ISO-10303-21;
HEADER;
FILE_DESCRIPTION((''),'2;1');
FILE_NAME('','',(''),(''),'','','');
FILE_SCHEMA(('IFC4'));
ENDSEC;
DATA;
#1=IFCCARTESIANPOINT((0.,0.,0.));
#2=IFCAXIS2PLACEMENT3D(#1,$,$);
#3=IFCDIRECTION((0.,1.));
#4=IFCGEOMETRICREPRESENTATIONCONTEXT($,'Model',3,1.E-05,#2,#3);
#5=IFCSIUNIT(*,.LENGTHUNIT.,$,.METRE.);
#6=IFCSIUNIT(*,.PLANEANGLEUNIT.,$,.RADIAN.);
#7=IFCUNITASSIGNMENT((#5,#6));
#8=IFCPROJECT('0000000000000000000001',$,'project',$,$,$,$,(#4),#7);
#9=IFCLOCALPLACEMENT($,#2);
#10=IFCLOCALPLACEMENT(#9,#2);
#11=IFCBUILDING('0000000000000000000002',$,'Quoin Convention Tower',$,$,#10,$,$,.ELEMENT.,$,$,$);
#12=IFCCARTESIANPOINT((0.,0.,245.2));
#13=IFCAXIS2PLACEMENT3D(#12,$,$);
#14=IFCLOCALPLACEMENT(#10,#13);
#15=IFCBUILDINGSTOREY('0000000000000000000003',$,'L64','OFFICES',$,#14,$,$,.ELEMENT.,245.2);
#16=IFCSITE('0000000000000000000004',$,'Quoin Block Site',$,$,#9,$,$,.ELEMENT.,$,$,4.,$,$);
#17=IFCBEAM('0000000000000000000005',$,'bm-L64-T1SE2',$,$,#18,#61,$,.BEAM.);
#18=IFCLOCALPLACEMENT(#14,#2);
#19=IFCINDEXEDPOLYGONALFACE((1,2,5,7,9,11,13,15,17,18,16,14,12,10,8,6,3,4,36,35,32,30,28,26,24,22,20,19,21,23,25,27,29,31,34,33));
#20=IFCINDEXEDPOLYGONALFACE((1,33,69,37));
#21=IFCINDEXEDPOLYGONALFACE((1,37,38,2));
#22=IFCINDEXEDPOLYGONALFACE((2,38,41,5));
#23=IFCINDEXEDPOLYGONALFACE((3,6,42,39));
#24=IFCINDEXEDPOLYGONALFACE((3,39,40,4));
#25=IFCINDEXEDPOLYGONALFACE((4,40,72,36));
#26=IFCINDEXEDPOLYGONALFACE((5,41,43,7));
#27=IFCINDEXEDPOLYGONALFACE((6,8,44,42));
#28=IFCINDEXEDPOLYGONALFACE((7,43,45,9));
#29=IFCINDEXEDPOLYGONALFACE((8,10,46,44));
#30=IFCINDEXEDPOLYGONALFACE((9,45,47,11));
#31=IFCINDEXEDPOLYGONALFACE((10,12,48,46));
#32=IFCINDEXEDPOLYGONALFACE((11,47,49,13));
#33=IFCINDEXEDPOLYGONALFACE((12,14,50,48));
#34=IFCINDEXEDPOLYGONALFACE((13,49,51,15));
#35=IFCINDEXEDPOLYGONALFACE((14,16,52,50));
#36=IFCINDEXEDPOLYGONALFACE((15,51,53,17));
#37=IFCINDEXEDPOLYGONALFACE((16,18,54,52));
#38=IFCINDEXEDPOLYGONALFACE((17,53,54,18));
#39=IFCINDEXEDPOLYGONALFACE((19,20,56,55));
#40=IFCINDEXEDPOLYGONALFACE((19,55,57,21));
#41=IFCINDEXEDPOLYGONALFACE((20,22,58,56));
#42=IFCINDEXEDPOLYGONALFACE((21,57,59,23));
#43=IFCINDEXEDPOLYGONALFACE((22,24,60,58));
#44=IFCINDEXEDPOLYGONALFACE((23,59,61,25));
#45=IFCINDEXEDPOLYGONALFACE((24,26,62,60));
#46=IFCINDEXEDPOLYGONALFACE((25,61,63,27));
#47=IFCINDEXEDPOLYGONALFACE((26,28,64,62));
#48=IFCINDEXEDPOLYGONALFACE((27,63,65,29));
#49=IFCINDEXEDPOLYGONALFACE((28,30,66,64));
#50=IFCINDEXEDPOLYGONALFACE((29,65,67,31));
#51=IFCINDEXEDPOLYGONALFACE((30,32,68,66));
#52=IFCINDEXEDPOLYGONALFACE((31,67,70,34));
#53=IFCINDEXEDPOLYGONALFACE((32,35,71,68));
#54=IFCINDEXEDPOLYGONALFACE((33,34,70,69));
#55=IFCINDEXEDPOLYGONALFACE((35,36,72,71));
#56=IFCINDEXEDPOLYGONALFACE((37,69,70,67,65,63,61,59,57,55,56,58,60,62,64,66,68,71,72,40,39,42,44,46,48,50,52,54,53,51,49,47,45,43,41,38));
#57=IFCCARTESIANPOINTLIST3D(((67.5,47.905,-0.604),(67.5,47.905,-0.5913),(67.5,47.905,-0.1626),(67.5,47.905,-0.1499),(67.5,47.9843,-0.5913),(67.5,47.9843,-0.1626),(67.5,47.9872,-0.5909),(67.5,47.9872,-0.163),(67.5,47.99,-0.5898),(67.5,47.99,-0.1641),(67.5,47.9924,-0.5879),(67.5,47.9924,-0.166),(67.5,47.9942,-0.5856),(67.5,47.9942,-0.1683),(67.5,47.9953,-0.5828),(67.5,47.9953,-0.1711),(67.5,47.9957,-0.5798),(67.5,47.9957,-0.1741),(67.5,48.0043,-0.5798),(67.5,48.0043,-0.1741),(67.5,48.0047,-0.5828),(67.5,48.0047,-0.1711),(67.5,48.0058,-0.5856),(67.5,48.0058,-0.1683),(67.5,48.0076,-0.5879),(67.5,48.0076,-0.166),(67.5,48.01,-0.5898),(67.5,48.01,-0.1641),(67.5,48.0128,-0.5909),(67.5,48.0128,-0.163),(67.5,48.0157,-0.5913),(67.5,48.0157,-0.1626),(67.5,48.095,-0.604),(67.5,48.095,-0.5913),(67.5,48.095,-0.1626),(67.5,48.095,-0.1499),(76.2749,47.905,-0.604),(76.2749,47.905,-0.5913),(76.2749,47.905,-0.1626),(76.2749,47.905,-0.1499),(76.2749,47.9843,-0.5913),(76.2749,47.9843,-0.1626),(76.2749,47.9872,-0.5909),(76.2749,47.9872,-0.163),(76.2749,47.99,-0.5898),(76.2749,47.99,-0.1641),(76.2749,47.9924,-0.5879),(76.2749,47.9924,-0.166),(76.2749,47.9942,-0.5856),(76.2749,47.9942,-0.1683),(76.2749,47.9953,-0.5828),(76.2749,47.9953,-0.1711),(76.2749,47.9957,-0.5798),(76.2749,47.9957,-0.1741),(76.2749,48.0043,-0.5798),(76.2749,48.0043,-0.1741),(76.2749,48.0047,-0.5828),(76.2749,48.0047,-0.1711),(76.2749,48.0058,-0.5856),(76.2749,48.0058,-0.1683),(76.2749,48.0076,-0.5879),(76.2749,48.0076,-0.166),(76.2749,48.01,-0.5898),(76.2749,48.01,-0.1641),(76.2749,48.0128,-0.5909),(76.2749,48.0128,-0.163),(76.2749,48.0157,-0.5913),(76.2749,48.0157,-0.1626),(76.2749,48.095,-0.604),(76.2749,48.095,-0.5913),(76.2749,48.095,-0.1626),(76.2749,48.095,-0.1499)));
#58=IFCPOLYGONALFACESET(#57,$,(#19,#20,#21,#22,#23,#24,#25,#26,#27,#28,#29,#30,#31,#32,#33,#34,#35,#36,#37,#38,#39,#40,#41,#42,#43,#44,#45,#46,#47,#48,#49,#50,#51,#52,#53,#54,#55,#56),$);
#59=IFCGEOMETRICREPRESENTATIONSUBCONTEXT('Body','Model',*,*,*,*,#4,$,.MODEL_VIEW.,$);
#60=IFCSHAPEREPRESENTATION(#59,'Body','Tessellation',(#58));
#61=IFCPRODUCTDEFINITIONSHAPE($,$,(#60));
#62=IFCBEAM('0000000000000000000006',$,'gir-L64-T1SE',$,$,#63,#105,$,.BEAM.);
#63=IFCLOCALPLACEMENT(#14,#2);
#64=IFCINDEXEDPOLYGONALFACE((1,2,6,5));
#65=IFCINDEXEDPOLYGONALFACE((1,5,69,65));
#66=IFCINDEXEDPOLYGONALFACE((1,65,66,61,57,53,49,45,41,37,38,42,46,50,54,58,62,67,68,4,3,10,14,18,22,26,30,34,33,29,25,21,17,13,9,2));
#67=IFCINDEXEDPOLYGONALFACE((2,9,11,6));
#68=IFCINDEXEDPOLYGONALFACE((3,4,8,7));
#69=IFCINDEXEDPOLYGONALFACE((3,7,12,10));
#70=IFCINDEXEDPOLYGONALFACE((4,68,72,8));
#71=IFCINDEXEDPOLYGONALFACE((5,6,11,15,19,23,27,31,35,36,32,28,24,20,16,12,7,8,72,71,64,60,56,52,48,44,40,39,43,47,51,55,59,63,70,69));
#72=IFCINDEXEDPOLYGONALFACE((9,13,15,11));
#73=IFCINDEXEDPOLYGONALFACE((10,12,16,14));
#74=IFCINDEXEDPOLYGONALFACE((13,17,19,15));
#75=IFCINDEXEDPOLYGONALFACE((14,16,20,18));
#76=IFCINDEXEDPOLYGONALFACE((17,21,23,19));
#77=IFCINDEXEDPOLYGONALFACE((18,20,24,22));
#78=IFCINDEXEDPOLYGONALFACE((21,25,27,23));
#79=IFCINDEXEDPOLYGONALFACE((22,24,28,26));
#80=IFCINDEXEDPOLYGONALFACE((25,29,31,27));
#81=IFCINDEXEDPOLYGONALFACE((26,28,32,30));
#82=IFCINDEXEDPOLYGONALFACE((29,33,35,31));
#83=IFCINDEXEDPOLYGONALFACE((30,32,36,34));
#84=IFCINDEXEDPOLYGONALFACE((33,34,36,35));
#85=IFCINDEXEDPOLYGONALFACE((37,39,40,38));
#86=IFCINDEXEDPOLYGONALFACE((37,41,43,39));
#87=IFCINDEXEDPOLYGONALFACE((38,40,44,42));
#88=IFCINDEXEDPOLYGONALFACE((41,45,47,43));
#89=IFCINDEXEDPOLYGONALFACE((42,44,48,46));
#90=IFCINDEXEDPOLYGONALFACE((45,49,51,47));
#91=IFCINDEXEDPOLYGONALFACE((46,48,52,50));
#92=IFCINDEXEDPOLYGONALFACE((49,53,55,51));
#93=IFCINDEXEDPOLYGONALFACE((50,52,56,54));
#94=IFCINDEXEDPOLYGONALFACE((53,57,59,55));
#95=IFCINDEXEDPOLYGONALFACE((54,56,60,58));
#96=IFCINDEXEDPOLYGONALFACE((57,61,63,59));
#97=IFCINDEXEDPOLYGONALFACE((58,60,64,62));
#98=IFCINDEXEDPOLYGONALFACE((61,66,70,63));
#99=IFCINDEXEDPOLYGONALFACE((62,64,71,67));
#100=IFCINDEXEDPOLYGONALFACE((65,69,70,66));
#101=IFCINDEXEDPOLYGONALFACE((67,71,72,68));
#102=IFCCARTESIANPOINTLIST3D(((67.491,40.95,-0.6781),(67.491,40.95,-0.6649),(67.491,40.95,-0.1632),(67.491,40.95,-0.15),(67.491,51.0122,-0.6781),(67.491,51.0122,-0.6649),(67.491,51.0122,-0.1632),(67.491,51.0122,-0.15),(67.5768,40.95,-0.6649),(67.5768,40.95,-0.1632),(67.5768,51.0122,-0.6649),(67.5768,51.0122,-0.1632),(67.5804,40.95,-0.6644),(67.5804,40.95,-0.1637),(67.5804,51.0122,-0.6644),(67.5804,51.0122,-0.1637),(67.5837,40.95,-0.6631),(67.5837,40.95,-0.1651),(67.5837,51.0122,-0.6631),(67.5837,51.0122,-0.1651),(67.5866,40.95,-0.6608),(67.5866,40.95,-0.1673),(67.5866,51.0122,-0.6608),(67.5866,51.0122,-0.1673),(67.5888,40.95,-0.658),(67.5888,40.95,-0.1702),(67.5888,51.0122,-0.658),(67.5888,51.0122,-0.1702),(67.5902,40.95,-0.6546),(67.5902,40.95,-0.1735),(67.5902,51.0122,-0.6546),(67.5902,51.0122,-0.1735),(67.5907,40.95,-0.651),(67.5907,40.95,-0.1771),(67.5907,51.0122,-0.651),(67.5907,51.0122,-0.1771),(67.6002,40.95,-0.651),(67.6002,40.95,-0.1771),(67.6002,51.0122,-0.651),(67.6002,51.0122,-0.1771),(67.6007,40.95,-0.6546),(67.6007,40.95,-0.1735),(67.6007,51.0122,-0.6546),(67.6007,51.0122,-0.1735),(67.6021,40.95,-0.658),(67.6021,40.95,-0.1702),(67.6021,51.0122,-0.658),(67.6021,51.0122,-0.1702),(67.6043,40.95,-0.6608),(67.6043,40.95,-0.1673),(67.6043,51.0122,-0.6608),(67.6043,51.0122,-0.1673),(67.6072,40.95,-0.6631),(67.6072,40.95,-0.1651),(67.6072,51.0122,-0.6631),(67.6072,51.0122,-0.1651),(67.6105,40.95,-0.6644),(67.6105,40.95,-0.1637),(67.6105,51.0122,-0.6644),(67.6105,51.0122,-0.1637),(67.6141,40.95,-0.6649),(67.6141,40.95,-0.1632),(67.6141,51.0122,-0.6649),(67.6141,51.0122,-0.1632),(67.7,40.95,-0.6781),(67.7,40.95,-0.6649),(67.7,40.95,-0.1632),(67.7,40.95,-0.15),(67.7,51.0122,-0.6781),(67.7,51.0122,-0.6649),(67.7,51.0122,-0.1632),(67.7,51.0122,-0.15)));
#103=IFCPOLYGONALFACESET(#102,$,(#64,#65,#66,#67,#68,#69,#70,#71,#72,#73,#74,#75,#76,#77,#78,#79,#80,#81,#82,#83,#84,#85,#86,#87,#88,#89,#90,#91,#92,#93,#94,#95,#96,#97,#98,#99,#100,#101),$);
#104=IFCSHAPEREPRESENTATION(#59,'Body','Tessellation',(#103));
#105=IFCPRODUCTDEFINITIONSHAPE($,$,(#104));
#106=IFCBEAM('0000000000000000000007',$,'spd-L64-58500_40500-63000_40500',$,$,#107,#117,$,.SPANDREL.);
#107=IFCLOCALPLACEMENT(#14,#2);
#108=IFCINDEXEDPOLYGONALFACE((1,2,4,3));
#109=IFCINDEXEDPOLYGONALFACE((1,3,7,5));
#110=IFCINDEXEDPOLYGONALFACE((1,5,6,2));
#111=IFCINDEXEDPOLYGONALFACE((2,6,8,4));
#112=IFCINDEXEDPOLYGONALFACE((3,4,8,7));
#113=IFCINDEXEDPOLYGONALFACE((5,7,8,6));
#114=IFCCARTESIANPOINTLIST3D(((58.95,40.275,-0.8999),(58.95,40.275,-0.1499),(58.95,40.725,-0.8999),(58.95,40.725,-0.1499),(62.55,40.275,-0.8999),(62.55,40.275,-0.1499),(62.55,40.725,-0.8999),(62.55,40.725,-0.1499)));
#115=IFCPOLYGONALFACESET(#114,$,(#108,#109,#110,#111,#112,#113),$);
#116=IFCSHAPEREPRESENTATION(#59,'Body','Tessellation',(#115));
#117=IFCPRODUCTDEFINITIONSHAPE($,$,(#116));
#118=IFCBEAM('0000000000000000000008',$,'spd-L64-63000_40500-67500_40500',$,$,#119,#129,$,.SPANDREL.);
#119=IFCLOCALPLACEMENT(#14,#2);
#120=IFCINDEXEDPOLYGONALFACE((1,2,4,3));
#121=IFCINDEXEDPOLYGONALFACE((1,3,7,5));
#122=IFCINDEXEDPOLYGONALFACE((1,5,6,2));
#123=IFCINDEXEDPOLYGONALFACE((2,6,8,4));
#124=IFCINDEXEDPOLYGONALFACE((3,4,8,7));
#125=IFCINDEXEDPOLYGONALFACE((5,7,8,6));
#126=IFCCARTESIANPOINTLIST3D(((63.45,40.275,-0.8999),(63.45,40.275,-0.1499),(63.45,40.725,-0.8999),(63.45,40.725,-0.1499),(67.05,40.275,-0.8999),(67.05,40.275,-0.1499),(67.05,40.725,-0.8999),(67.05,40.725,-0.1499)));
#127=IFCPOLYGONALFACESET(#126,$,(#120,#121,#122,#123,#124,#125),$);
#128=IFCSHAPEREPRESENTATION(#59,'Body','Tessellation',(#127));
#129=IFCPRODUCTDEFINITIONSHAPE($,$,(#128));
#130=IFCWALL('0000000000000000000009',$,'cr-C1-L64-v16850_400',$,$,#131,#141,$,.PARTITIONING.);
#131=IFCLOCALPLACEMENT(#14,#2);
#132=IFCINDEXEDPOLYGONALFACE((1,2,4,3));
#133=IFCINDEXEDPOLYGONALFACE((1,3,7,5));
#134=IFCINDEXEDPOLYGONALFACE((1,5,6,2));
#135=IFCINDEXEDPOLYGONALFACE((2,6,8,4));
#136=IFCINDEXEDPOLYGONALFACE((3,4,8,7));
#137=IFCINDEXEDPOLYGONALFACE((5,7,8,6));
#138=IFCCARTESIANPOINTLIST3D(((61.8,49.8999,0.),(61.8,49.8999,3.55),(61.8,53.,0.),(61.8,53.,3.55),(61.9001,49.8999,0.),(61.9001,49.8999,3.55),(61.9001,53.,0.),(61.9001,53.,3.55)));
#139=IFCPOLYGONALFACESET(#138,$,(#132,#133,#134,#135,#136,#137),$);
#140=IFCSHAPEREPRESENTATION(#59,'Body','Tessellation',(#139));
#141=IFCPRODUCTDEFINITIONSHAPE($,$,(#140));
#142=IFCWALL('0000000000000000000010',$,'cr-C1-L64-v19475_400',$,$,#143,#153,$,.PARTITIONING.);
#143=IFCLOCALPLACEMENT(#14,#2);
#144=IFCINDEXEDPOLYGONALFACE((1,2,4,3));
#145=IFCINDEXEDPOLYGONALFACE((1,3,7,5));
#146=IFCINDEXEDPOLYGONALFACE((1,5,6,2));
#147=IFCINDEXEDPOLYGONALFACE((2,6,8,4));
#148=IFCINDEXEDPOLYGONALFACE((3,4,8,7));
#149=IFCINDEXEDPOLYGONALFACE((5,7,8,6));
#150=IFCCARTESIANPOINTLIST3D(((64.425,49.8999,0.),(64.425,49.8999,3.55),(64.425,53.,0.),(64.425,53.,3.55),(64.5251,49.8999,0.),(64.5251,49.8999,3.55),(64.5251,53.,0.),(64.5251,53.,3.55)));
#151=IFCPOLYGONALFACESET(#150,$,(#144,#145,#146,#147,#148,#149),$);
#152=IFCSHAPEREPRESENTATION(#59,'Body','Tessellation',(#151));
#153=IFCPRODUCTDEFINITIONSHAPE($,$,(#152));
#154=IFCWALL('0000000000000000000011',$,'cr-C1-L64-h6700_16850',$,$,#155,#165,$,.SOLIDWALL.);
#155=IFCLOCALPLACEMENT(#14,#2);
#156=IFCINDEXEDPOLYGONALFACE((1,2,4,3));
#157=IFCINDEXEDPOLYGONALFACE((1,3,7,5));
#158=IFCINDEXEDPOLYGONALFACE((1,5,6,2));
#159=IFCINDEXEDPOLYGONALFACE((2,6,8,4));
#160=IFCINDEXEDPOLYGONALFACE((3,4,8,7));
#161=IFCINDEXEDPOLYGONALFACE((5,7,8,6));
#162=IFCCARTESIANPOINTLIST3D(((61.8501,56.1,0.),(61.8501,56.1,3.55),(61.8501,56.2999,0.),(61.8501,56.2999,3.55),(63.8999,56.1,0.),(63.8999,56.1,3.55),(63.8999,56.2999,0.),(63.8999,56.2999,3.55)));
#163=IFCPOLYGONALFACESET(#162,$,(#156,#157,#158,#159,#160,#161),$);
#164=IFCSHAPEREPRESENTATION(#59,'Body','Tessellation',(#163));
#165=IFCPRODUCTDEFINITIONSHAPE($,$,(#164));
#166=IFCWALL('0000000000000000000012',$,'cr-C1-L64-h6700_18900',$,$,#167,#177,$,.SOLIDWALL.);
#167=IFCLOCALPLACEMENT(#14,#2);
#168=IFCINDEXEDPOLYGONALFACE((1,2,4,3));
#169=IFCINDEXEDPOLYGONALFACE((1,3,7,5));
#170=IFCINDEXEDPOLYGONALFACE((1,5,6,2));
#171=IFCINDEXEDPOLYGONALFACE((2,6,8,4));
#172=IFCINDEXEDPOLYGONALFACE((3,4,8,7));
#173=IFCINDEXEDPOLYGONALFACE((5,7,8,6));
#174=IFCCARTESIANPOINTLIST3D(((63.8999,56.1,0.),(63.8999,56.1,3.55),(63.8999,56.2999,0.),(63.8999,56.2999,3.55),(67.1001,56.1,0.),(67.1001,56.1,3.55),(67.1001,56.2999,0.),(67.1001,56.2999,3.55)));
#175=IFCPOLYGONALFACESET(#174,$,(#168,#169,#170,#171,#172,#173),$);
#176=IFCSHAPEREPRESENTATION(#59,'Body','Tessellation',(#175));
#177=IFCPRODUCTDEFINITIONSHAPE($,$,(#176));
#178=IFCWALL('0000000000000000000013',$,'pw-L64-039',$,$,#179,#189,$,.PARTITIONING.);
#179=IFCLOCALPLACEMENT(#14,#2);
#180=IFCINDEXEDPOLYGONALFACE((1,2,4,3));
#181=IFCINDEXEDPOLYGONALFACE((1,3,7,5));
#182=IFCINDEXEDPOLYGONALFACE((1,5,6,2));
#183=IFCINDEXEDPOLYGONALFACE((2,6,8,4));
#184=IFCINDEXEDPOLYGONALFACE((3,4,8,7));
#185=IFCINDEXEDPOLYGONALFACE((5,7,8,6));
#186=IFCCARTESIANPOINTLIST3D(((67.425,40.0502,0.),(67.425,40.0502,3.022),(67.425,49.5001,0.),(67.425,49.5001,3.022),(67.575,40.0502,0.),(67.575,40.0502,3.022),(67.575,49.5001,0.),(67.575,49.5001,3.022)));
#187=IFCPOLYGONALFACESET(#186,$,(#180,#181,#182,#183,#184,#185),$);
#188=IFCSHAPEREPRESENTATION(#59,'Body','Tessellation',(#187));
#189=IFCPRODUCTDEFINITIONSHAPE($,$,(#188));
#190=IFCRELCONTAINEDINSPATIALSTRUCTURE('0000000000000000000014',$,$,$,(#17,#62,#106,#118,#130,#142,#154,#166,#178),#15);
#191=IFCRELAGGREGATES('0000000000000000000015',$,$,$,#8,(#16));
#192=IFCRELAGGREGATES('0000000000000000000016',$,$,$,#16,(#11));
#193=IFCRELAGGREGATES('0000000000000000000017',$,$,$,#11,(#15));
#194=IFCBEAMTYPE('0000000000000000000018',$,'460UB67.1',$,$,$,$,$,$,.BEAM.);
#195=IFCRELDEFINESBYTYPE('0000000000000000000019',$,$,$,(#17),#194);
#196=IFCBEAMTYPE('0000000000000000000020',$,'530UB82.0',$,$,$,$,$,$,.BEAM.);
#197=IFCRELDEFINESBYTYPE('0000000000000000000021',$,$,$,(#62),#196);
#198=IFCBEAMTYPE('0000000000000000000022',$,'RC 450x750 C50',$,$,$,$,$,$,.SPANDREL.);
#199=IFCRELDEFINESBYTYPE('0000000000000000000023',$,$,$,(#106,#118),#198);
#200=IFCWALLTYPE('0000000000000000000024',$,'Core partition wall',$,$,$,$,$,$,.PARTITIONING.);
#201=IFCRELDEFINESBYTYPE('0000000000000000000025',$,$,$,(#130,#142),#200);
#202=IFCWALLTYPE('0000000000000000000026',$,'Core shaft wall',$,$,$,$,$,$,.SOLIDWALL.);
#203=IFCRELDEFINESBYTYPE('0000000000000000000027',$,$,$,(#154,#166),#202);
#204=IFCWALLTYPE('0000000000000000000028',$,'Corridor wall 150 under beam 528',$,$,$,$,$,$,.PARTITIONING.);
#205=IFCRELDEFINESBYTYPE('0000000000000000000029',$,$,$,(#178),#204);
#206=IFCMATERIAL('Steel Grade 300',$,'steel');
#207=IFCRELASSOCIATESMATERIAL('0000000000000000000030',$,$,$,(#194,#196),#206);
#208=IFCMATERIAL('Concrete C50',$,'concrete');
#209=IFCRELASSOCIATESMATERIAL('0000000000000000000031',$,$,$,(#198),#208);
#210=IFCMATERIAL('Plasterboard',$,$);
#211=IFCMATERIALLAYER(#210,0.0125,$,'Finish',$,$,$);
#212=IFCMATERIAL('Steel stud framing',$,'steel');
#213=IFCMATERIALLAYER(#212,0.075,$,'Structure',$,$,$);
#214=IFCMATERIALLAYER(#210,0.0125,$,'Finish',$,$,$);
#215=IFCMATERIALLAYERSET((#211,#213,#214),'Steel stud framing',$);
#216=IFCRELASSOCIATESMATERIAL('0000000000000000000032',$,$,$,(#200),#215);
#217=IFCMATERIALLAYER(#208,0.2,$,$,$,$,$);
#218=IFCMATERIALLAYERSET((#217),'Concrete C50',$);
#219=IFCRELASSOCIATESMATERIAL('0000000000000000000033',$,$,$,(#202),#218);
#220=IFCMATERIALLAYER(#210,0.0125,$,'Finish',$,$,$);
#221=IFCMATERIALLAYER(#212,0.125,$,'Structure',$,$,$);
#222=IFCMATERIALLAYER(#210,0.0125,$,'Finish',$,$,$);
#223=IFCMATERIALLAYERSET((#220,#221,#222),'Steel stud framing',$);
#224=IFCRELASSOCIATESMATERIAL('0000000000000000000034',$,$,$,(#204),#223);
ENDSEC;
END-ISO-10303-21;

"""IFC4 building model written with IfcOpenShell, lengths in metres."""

from ifc_helpers import new_model, si_unit, direction, frame, frame_2d, origin, origin_2d, place, context, subcontext, project, spatial, rectangle, i_section, extrude, material, layer, layer_set, material_profile, profile_set, type_object, element, save


model = new_model("IFC4")

# Units and contexts
model_context = context("Model", 3, precision=1e-05, world=origin(), true_north=direction((0.0, 1.0)))
body_context = subcontext(model_context, "Body", "Model", "MODEL_VIEW")
ifc_project = project(units=[si_unit("LENGTHUNIT", "METRE"), si_unit("PLANEANGLEUNIT", "RADIAN")], contexts=[model_context])

# Site, building, storey
site_placement = place(None, origin())
site = spatial("IfcSite", under=ifc_project, at=site_placement, Name="Quoin Block Site", CompositionType="ELEMENT", RefElevation=4.0)
building_placement = place(site_placement, origin())
building = spatial("IfcBuilding", under=site, at=building_placement, Name="Quoin Convention Tower", CompositionType="ELEMENT")
storey_placement = place(building_placement, frame((0.0, 0.0, 245.2)))
storey = spatial("IfcBuildingStorey", under=building, at=storey_placement, Name="L64", Description="OFFICES", CompositionType="ELEMENT", Elevation=245.2)

# Shared definitions
ifc_material_1 = material(Name="Concrete C50", Category="concrete")

# Beams
ifc_material_2 = material(Name="Steel Grade 300", Category="steel")
ifc_material_profile_1 = material_profile(ifc_material_2, i_section(OverallWidth=0.1899, OverallDepth=0.4541, WebThickness=0.0085, FlangeThickness=0.0127, FilletRadius=0.0115, at=origin_2d()), Name="460UB67.1")
ifc_profile_set_1 = profile_set([ifc_material_profile_1], Name="Steel Grade 300")
beam_type_1 = type_object("IfcBeamType", Name="460UB67.1", PredefinedType="BEAM", material=ifc_profile_set_1)
beam_1_placement = place(storey_placement, frame((67.5, 48.0, -0.377), z_axis=(1.0, 0.0, 0.0), x_axis=(0.0, 1.0, 0.0)))
element("IfcBeam", 1, at=beam_1_placement, inside=storey, type_object=beam_type_1, Name="bm-L64-T1SE2", PredefinedType="BEAM", context=body_context, shape_type="SweptSolid", body=[
    extrude(i_section(OverallWidth=0.1899, OverallDepth=0.4541, WebThickness=0.0085, FlangeThickness=0.0127, FilletRadius=0.0115, at=origin_2d()), origin(), (0.0, 0.0, 1.0), 8.7749),
])
ifc_material_profile_2 = material_profile(ifc_material_2, i_section(OverallWidth=0.209, OverallDepth=0.5281, WebThickness=0.0095, FlangeThickness=0.0132, FilletRadius=0.0139, at=origin_2d()), Name="530UB82.0")
ifc_profile_set_2 = profile_set([ifc_material_profile_2], Name="Steel Grade 300")
beam_type_2 = type_object("IfcBeamType", Name="530UB82.0", PredefinedType="BEAM", material=ifc_profile_set_2)
beam_2_placement = place(storey_placement, frame((67.5955, 40.95, -0.4141), z_axis=(0.0, 1.0, 0.0), x_axis=(-1.0, 0.0, 0.0)))
element("IfcBeam", 2, at=beam_2_placement, inside=storey, type_object=beam_type_2, Name="gir-L64-T1SE", PredefinedType="BEAM", context=body_context, shape_type="SweptSolid", body=[
    extrude(i_section(OverallWidth=0.209, OverallDepth=0.5281, WebThickness=0.0095, FlangeThickness=0.0132, FilletRadius=0.0139, at=origin_2d()), origin(), (0.0, 0.0, 1.0), 10.0623),
])
ifc_material_profile_3 = material_profile(ifc_material_1, rectangle(XDim=0.45, YDim=0.75, at=origin_2d()), Name="RC 450x750")
ifc_profile_set_3 = profile_set([ifc_material_profile_3], Name="Concrete C50")
beam_type_3 = type_object("IfcBeamType", Name="RC 450x750 C50", PredefinedType="SPANDREL", material=ifc_profile_set_3)
for number, where, z_axis, x_axis, name in (
    (3, (58.95, 40.5, -0.5249), (1.0, 0.0, 0.0), (0.0, 1.0, 0.0), "spd-L64-58500_40500-63000_40500"),
    (4, (63.45, 40.5, -0.5249), (1.0, 0.0, 0.0), (0.0, 1.0, 0.0), "spd-L64-63000_40500-67500_40500"),
):
    element("IfcBeam", number, at=place(storey_placement, frame(where, z_axis=z_axis, x_axis=x_axis)), inside=storey, type_object=beam_type_3, Name=name, PredefinedType="SPANDREL", context=body_context, shape_type="SweptSolid", body=[
        extrude(rectangle(XDim=0.45, YDim=0.75, at=origin_2d()), origin(), (0.0, 0.0, 1.0), 3.6001),
    ])

# Walls
ifc_material_3 = material(Name="Plasterboard")
ifc_layer_1 = layer(ifc_material_3, 0.0125, Name="Finish")
ifc_material_4 = material(Name="Steel stud framing", Category="steel")
ifc_layer_2 = layer(ifc_material_4, 0.075, Name="Structure")
ifc_layer_3 = layer(ifc_material_3, 0.0125, Name="Finish")
ifc_layer_set_1 = layer_set([ifc_layer_1, ifc_layer_2, ifc_layer_3], Name="Steel stud framing")
wall_type_1 = type_object("IfcWallType", Name="Core partition wall", PredefinedType="PARTITIONING", material=ifc_layer_set_1)
for number, where, z_axis, x_axis, name in (
    (5, (61.8501, 49.8999, 0.0), (0.0, 0.0, 1.0), (0.0, 1.0, 0.0), "cr-C1-L64-v16850_400"),
    (6, (64.4751, 49.8999, 0.0), (0.0, 0.0, 1.0), (0.0, 1.0, 0.0), "cr-C1-L64-v19475_400"),
):
    element("IfcWall", number, at=place(storey_placement, frame(where, z_axis=z_axis, x_axis=x_axis)), inside=storey, type_object=wall_type_1, Name=name, PredefinedType="PARTITIONING", context=body_context, shape_type="SweptSolid", body=[
        extrude(rectangle(XDim=3.1001, YDim=0.1001, at=frame_2d((1.55, 0.0))), origin(), (0.0, 0.0, 1.0), 3.55),
    ])
ifc_layer_4 = layer(ifc_material_1, 0.2)
ifc_layer_set_2 = layer_set([ifc_layer_4], Name="Concrete C50")
wall_type_2 = type_object("IfcWallType", Name="Core shaft wall", PredefinedType="SOLIDWALL", material=ifc_layer_set_2)
wall_1_placement = place(storey_placement, frame((61.8501, 56.2, 0.0), z_axis=(0.0, 0.0, 1.0), x_axis=(1.0, 0.0, 0.0)))
element("IfcWall", 7, at=wall_1_placement, inside=storey, type_object=wall_type_2, Name="cr-C1-L64-h6700_16850", PredefinedType="SOLIDWALL", context=body_context, shape_type="SweptSolid", body=[
    extrude(rectangle(XDim=2.0498, YDim=0.2, at=frame_2d((1.0249, 0.0))), origin(), (0.0, 0.0, 1.0), 3.55),
])
wall_2_placement = place(storey_placement, frame((63.8999, 56.2, 0.0), z_axis=(0.0, 0.0, 1.0), x_axis=(1.0, 0.0, 0.0)))
element("IfcWall", 8, at=wall_2_placement, inside=storey, type_object=wall_type_2, Name="cr-C1-L64-h6700_18900", PredefinedType="SOLIDWALL", context=body_context, shape_type="SweptSolid", body=[
    extrude(rectangle(XDim=3.2002, YDim=0.2, at=frame_2d((1.6001, 0.0))), origin(), (0.0, 0.0, 1.0), 3.55),
])
ifc_layer_5 = layer(ifc_material_3, 0.0125, Name="Finish")
ifc_layer_6 = layer(ifc_material_4, 0.125, Name="Structure")
ifc_layer_7 = layer(ifc_material_3, 0.0125, Name="Finish")
ifc_layer_set_3 = layer_set([ifc_layer_5, ifc_layer_6, ifc_layer_7], Name="Steel stud framing")
wall_type_3 = type_object("IfcWallType", Name="Corridor wall 150 under beam 528", PredefinedType="PARTITIONING", material=ifc_layer_set_3)
wall_3_placement = place(storey_placement, frame((67.5, 40.05, 0.0), z_axis=(0.0, 0.0, 1.0), x_axis=(0.0, 1.0, 0.0)))
element("IfcWall", 9, at=wall_3_placement, inside=storey, type_object=wall_type_3, Name="pw-L64-039", PredefinedType="PARTITIONING", context=body_context, shape_type="SweptSolid", body=[
    extrude(rectangle(XDim=9.45, YDim=0.1499, at=frame_2d((4.7251, 0.0))), origin(), (0.0, 0.0, 1.0), 3.022),
])

save(model, "model.ifc")
